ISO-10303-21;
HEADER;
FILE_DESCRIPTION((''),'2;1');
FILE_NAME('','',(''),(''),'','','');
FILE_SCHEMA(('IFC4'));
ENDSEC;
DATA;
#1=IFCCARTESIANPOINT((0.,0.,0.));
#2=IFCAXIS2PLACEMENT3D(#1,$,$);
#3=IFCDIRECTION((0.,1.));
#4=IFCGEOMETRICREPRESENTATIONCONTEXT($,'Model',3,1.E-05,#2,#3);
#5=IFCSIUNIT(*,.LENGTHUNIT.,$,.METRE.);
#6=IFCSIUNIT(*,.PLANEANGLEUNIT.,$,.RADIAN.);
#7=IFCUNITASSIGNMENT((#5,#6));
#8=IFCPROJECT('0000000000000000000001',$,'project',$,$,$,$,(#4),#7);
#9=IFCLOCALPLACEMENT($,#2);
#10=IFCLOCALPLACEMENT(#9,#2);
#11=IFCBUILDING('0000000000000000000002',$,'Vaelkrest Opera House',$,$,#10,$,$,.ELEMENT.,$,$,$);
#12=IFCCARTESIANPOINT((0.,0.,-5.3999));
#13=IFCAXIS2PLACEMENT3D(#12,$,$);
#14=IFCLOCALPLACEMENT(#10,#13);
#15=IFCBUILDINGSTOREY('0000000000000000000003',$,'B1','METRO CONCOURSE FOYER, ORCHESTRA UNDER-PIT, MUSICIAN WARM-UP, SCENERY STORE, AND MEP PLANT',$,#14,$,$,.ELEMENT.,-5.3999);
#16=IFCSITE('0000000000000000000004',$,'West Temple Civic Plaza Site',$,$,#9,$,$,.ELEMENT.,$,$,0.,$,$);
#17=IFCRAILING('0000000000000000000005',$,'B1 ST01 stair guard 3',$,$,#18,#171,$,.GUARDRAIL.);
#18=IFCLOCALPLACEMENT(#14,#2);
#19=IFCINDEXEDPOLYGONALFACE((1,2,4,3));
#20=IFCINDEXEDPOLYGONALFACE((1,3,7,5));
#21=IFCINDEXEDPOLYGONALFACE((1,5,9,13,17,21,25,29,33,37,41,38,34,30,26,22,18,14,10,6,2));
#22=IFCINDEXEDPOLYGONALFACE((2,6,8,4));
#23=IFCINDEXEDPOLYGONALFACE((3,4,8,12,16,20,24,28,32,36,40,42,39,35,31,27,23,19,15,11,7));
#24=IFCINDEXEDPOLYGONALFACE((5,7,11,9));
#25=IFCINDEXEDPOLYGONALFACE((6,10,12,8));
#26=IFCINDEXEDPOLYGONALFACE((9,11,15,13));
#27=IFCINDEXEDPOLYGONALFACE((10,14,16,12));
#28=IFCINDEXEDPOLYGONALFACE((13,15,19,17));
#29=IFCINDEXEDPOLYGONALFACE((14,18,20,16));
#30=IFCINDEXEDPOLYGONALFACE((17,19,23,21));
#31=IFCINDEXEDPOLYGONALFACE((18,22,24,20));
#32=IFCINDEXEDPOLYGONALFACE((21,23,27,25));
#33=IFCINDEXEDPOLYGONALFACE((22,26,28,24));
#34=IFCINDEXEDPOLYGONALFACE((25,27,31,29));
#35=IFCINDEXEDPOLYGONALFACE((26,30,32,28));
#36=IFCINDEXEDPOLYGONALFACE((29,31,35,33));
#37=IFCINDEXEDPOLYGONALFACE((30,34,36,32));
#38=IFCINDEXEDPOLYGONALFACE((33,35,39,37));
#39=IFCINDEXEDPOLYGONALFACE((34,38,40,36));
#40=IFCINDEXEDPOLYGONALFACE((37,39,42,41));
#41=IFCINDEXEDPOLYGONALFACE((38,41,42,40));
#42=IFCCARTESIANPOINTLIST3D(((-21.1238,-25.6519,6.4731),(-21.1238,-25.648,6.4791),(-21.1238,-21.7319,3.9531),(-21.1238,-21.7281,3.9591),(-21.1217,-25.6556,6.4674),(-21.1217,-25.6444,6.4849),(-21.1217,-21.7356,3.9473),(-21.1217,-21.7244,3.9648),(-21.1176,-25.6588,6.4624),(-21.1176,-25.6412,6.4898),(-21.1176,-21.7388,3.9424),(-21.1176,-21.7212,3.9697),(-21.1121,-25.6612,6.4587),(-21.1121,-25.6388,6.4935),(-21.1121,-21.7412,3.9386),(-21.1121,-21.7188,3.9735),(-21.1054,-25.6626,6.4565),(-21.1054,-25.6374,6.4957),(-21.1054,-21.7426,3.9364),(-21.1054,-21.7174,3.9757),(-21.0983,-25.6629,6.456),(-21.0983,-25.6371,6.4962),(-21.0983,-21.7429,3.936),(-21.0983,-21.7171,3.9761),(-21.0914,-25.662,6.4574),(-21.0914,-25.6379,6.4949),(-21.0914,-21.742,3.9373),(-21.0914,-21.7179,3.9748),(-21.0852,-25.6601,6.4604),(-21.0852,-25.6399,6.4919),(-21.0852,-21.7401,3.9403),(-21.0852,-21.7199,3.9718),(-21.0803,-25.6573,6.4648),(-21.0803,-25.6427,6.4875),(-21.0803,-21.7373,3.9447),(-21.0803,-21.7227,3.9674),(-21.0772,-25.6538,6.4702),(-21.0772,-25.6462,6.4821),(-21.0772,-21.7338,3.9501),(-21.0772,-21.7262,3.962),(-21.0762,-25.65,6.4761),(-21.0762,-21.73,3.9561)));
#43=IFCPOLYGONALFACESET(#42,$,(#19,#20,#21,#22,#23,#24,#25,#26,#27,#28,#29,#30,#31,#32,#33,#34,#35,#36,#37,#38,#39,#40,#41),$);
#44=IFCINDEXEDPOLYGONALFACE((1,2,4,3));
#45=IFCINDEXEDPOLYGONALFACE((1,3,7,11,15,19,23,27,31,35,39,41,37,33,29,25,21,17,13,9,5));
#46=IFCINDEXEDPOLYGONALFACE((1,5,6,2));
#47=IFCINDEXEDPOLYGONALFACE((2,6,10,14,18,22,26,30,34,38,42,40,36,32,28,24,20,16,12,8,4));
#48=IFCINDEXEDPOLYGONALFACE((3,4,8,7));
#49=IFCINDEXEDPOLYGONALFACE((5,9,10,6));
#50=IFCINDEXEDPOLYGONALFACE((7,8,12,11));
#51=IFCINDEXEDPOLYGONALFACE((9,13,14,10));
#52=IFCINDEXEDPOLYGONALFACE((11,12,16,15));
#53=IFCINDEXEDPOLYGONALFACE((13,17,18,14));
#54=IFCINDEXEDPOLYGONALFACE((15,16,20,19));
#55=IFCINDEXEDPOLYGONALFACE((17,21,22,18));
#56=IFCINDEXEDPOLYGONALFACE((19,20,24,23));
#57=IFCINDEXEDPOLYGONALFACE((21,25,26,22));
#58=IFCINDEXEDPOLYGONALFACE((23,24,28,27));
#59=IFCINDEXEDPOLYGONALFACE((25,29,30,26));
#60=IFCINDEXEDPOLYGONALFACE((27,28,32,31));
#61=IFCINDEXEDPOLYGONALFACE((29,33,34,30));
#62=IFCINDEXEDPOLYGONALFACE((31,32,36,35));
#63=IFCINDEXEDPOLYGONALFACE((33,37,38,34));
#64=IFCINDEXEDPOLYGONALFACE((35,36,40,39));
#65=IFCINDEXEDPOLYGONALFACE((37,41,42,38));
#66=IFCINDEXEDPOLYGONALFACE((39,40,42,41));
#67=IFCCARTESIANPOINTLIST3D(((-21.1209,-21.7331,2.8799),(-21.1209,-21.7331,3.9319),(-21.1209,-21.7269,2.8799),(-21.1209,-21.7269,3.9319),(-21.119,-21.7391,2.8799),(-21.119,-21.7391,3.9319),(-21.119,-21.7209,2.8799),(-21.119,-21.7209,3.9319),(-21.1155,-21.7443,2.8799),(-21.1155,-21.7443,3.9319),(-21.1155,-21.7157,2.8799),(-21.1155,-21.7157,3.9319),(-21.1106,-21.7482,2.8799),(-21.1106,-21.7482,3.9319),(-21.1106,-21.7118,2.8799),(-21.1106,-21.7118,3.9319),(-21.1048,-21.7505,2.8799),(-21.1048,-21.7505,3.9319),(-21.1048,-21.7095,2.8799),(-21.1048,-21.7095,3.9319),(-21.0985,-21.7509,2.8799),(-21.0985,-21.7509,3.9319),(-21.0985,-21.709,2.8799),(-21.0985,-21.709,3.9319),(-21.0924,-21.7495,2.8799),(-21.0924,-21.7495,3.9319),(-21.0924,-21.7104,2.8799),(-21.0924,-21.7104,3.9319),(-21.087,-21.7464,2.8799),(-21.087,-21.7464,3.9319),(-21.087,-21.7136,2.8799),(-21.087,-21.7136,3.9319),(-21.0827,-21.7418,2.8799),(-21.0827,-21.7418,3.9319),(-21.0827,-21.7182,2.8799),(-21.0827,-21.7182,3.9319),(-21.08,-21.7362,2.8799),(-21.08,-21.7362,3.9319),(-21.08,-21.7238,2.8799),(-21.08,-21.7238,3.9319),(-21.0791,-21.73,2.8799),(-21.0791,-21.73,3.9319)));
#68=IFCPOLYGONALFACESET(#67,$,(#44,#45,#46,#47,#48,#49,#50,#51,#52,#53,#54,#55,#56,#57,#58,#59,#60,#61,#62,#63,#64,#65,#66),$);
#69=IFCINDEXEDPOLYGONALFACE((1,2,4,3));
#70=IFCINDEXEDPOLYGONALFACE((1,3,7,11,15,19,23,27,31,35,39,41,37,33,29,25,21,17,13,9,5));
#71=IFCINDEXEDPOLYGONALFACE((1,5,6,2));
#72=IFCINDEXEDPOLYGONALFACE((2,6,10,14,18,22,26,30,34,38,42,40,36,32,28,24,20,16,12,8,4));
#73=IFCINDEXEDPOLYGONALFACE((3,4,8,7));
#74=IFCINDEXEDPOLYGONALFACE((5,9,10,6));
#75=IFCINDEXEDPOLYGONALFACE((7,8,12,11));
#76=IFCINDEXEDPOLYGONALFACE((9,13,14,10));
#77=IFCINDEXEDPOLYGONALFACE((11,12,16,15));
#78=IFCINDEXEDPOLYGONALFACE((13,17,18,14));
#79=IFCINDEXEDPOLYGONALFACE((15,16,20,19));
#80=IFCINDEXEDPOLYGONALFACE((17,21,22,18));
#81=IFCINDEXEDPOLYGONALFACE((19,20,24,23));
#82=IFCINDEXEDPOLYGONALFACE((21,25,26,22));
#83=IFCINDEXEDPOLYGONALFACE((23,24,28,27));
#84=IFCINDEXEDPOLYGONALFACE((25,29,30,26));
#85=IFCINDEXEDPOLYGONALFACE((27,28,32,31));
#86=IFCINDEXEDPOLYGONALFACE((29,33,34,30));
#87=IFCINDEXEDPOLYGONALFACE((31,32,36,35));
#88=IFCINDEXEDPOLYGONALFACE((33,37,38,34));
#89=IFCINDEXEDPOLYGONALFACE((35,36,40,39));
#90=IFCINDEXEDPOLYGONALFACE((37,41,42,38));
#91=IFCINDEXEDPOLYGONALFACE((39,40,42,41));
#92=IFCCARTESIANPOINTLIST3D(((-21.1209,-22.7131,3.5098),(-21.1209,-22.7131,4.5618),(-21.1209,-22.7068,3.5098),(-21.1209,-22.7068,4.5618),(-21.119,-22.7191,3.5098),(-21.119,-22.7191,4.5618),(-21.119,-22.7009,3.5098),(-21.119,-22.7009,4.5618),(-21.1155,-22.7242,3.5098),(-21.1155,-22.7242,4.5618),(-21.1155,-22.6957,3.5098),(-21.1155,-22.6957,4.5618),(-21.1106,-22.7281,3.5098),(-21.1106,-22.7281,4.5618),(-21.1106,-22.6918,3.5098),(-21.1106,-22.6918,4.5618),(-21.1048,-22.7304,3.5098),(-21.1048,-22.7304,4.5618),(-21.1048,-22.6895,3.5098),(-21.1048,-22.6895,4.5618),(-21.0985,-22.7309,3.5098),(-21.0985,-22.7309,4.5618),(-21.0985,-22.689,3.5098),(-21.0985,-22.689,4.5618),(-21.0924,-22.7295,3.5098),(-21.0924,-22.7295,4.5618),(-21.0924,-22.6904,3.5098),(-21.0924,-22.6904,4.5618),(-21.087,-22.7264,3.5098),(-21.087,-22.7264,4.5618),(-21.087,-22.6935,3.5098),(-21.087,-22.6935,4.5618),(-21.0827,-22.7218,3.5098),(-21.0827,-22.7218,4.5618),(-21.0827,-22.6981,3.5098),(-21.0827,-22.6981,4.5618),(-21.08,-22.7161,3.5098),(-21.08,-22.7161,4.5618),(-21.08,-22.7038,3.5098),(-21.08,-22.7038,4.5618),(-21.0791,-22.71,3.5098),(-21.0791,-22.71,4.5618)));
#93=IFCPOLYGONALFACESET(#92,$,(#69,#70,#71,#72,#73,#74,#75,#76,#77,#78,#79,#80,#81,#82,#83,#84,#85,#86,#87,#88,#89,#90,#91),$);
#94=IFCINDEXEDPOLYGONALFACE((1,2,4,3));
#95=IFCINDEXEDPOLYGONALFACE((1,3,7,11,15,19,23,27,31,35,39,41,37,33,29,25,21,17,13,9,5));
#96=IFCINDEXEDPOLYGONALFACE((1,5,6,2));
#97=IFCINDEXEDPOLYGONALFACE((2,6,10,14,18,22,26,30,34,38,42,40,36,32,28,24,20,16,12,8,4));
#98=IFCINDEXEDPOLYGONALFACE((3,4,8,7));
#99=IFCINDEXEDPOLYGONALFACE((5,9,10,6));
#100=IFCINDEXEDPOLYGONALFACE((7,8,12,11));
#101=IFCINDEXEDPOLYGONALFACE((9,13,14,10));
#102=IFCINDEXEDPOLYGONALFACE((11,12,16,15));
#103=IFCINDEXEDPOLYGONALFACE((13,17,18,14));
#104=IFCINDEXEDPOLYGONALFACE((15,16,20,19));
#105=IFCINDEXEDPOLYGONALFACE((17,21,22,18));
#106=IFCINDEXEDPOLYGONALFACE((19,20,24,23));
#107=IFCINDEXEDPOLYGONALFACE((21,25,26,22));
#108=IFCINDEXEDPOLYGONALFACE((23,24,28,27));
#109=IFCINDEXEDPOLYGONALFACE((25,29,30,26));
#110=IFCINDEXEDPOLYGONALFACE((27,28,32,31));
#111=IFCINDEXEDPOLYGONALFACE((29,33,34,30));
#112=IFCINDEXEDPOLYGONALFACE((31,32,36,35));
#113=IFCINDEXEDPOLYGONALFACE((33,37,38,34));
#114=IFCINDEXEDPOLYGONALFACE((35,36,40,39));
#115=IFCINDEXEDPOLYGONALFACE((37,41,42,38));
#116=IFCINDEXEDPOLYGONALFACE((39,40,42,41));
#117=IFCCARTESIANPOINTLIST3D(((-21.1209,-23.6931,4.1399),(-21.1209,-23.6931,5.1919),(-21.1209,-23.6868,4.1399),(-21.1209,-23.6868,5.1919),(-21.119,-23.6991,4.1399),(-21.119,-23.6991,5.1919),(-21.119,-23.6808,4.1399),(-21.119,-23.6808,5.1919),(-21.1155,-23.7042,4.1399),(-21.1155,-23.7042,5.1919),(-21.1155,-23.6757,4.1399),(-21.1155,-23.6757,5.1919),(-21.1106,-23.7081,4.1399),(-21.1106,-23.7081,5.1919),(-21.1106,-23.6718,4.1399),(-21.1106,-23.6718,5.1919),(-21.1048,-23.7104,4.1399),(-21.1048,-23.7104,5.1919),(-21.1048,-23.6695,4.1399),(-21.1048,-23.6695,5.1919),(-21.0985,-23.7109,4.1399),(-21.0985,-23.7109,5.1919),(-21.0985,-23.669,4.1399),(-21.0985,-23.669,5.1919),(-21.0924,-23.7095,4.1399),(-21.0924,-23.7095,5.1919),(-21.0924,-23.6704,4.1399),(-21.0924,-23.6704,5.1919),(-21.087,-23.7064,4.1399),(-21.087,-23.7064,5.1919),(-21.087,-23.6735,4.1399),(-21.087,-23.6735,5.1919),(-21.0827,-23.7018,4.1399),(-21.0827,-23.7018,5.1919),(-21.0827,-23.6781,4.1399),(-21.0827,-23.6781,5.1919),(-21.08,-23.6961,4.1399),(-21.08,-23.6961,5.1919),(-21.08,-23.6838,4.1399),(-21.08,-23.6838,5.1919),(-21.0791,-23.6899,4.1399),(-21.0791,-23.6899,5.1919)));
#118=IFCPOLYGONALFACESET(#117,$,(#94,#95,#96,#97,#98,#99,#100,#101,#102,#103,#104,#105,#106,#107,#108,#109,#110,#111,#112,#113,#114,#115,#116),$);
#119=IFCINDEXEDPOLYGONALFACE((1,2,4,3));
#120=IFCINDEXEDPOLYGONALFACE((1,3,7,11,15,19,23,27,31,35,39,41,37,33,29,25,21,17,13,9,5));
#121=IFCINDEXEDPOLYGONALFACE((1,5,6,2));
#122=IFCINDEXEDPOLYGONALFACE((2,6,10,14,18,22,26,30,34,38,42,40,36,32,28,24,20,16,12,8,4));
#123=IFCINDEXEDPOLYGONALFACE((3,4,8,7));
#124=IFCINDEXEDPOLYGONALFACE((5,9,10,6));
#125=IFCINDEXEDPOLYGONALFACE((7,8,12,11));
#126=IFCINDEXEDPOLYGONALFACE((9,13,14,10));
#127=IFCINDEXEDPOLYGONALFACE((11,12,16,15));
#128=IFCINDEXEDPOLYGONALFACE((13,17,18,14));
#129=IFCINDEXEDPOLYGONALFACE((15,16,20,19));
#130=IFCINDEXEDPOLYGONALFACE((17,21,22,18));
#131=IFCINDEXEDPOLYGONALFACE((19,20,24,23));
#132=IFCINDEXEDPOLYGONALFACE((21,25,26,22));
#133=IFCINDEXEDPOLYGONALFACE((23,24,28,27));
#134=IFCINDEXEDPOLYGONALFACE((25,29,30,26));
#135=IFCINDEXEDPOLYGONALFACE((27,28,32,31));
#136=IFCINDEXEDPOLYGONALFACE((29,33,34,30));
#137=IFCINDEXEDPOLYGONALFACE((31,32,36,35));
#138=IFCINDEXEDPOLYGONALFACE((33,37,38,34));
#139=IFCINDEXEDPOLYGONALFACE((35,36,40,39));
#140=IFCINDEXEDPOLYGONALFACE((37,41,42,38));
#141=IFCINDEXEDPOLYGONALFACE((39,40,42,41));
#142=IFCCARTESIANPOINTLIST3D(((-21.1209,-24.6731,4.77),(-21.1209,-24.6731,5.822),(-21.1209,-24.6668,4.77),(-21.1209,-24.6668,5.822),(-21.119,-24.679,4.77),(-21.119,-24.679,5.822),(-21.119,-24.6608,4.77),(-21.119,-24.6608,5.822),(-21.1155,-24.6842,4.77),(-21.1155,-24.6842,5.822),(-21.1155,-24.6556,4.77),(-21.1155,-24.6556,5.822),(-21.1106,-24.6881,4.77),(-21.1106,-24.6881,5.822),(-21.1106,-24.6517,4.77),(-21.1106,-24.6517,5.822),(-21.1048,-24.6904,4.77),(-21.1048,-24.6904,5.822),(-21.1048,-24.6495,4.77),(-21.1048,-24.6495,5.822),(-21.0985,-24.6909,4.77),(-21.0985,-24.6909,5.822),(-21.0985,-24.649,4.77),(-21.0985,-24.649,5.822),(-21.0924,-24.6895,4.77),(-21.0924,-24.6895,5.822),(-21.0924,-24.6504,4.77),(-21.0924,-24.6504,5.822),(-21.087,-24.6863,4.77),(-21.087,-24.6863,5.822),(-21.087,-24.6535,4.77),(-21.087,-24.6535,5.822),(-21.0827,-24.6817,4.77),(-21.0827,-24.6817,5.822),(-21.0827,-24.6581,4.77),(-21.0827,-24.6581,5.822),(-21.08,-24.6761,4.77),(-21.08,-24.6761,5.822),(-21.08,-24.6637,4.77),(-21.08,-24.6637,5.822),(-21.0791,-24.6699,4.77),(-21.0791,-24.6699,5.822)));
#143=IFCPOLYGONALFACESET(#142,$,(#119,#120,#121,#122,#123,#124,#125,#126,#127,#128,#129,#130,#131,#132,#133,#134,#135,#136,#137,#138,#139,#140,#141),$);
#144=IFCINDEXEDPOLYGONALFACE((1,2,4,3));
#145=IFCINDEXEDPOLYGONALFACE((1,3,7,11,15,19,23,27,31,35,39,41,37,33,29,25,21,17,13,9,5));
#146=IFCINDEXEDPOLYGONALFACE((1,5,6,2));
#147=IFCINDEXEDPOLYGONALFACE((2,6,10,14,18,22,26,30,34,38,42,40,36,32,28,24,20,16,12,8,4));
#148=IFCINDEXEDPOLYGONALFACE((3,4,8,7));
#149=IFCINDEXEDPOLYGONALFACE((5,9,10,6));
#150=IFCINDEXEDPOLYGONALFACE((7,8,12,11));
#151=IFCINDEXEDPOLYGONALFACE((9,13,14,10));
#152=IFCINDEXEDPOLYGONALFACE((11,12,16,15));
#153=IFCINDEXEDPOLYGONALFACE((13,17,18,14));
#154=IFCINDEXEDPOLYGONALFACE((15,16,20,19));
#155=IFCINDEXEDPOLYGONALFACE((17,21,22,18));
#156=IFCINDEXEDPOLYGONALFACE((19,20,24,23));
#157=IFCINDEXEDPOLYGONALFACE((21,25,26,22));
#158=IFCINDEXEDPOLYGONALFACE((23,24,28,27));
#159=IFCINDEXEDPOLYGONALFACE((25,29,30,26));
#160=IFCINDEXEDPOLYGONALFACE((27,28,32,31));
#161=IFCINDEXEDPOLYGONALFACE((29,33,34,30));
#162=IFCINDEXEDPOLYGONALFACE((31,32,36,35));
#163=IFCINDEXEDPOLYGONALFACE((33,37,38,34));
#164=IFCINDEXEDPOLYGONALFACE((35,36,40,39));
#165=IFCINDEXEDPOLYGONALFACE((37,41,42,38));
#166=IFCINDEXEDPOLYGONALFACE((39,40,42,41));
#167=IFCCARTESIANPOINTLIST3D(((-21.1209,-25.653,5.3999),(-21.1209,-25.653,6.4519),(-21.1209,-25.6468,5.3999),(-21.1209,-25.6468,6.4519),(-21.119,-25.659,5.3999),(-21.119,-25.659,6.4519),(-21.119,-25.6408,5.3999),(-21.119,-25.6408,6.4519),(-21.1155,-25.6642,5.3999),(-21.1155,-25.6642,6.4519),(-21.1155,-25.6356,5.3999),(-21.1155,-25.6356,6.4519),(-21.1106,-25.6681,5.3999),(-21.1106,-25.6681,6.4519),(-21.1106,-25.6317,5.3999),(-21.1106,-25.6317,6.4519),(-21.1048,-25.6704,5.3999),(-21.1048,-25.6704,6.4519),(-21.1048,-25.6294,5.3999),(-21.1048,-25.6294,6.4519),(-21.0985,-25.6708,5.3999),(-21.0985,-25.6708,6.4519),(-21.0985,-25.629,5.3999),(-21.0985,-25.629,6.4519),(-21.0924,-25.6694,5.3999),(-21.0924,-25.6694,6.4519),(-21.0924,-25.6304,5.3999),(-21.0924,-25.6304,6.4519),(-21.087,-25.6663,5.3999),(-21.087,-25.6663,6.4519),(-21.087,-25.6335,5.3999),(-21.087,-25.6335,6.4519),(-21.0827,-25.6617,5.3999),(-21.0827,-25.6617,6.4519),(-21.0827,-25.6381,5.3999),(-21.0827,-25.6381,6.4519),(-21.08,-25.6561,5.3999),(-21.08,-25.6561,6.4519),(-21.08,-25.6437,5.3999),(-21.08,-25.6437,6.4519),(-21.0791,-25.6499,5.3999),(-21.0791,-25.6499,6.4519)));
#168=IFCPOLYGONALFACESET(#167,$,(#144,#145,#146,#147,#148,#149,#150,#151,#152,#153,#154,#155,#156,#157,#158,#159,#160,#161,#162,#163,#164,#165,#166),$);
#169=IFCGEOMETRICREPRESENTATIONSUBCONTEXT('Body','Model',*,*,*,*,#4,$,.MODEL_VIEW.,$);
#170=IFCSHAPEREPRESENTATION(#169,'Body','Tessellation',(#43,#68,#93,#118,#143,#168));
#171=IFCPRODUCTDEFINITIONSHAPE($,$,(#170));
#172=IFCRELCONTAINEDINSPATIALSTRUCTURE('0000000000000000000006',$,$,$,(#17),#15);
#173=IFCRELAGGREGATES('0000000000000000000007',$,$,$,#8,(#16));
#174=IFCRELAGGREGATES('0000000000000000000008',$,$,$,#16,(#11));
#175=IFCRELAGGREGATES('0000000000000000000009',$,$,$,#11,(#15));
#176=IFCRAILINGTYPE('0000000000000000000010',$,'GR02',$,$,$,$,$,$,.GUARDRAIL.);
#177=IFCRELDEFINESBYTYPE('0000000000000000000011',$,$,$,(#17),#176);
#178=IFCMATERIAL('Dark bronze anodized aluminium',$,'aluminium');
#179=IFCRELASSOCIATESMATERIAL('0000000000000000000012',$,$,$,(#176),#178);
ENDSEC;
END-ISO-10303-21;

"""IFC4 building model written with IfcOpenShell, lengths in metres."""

from ifc_helpers import new_model, si_unit, direction, frame, origin, origin_2d, place, context, subcontext, project, spatial, circle, extrude, material, type_object, element, save


model = new_model("IFC4")

# Units and contexts
model_context = context("Model", 3, precision=1e-05, world=origin(), true_north=direction((0.0, 1.0)))
body_context = subcontext(model_context, "Body", "Model", "MODEL_VIEW")
ifc_project = project(units=[si_unit("LENGTHUNIT", "METRE"), si_unit("PLANEANGLEUNIT", "RADIAN")], contexts=[model_context])

# Site, building, storey
site_placement = place(None, origin())
site = spatial("IfcSite", under=ifc_project, at=site_placement, Name="West Temple Civic Plaza Site", CompositionType="ELEMENT", RefElevation=0.0)
building_placement = place(site_placement, origin())
building = spatial("IfcBuilding", under=site, at=building_placement, Name="Vaelkrest Opera House", CompositionType="ELEMENT")
storey_placement = place(building_placement, frame((0.0, 0.0, -5.3999)))
storey = spatial("IfcBuildingStorey", under=building, at=storey_placement, Name="B1", Description="METRO CONCOURSE FOYER, ORCHESTRA UNDER-PIT, MUSICIAN WARM-UP, SCENERY STORE, AND MEP PLANT", CompositionType="ELEMENT", Elevation=-5.3999)

# Railing
ifc_material_1 = material(Name="Dark bronze anodized aluminium", Category="aluminium")
railing_type_1 = type_object("IfcRailingType", Name="GR02", PredefinedType="GUARDRAIL", material=ifc_material_1)
railing_1_placement = place(storey_placement, frame((-21.1001, -21.73, 2.8799)))
element("IfcRailing", 1, at=railing_1_placement, inside=storey, type_object=railing_type_1, Name="B1 ST01 stair guard 3", PredefinedType="GUARDRAIL", context=body_context, shape_type="SweptSolid", body=[
    extrude(circle(Radius=0.0239, at=origin_2d()), frame((0.0, 0.0, 1.0762), z_axis=(0.0, -0.841172, 0.540768), x_axis=(1.0, 0.0, 0.0)), (0.0, 0.0, 1.0), 4.6602),
    extrude(circle(Radius=0.021, at=origin_2d()), origin(), (0.0, 0.0, 1.0), 1.052),
    extrude(circle(Radius=0.021, at=origin_2d()), frame((0.0, -0.98, 0.6299)), (0.0, 0.0, 1.0), 1.052),
    extrude(circle(Radius=0.021, at=origin_2d()), frame((0.0, -1.96, 1.26)), (0.0, 0.0, 1.0), 1.052),
    extrude(circle(Radius=0.021, at=origin_2d()), frame((0.0, -2.9399, 1.8901)), (0.0, 0.0, 1.0), 1.052),
    extrude(circle(Radius=0.021, at=origin_2d()), frame((0.0, -3.9199, 2.52)), (0.0, 0.0, 1.0), 1.052),
])

save(model, "model.ifc")
